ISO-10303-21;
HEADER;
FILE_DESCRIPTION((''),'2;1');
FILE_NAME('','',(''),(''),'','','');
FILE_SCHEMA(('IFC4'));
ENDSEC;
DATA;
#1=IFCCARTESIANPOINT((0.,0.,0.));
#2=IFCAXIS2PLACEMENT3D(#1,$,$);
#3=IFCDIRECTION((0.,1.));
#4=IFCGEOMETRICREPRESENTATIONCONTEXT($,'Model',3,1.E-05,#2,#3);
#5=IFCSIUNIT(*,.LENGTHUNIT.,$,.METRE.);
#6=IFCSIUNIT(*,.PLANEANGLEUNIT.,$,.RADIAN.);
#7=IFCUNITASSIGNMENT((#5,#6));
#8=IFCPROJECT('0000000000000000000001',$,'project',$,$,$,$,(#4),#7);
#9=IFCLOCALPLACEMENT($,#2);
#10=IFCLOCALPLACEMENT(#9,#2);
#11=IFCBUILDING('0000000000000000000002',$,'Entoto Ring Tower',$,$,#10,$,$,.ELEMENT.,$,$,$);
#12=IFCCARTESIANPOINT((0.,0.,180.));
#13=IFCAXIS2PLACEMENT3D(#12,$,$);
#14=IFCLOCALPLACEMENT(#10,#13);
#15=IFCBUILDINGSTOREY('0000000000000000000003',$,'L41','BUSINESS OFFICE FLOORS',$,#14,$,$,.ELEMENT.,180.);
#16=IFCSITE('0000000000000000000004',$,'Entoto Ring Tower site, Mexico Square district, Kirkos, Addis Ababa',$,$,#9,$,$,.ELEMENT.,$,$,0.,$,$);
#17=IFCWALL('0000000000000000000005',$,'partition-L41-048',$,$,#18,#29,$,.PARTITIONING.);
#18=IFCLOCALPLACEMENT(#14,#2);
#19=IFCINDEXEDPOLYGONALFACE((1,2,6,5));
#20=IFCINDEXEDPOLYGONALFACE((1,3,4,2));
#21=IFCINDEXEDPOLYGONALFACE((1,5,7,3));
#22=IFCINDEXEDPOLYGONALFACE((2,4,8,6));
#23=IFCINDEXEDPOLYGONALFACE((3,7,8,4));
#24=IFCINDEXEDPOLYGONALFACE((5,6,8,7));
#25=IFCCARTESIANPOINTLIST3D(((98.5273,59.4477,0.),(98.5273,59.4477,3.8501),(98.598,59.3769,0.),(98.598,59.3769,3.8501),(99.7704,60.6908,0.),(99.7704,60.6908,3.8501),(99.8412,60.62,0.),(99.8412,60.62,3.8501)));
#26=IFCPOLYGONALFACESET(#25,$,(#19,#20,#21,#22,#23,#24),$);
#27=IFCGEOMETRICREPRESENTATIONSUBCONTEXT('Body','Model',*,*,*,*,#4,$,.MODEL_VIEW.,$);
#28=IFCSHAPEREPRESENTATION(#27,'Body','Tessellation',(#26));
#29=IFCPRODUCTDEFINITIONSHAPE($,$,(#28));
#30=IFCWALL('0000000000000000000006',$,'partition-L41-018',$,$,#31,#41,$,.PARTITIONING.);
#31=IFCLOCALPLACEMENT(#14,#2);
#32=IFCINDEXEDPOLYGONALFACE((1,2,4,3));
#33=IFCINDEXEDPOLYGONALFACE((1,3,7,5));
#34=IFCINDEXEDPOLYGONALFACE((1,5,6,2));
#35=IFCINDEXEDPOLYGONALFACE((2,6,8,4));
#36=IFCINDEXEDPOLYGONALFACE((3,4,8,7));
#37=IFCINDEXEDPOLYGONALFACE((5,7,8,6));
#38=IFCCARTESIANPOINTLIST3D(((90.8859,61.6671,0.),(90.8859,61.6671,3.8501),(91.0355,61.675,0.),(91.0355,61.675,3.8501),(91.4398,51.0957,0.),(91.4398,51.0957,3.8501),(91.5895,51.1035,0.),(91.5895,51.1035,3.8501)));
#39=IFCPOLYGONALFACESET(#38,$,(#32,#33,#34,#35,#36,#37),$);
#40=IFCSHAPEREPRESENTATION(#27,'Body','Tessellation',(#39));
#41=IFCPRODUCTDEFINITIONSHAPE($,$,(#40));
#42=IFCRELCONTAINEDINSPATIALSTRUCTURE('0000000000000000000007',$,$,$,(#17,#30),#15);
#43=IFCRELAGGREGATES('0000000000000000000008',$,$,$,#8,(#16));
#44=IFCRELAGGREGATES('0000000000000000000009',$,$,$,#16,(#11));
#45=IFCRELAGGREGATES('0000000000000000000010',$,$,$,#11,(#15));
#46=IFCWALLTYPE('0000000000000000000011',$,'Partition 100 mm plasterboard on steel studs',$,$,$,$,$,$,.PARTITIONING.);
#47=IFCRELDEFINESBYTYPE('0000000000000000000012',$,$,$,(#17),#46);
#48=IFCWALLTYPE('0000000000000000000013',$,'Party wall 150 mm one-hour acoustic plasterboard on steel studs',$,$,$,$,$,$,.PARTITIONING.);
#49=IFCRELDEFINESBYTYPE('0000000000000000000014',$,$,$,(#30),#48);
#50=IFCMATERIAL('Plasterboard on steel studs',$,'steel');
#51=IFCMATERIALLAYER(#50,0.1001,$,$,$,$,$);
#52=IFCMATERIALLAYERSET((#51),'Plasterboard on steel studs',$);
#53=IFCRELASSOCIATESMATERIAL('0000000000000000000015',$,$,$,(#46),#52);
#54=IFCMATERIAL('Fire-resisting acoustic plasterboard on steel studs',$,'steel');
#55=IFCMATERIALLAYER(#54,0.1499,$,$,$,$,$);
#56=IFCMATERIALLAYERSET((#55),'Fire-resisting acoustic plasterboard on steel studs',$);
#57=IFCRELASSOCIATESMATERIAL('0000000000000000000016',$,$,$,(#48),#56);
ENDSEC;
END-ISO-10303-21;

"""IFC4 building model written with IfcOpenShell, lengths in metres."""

from ifc_helpers import new_model, si_unit, direction, frame, frame_2d, origin, place, context, subcontext, project, spatial, rectangle, extrude, material, layer, layer_set, type_object, element, save


model = new_model("IFC4")

# Units and contexts
model_context = context("Model", 3, precision=1e-05, world=origin(), true_north=direction((0.0, 1.0)))
body_context = subcontext(model_context, "Body", "Model", "MODEL_VIEW")
ifc_project = project(units=[si_unit("LENGTHUNIT", "METRE"), si_unit("PLANEANGLEUNIT", "RADIAN")], contexts=[model_context])

# Site, building, storey
site_placement = place(None, origin())
site = spatial("IfcSite", under=ifc_project, at=site_placement, Name="Entoto Ring Tower site, Mexico Square district, Kirkos, Addis Ababa", CompositionType="ELEMENT", RefElevation=0.0)
building_placement = place(site_placement, origin())
building = spatial("IfcBuilding", under=site, at=building_placement, Name="Entoto Ring Tower", CompositionType="ELEMENT")
storey_placement = place(building_placement, frame((0.0, 0.0, 180.0)))
storey = spatial("IfcBuildingStorey", under=building, at=storey_placement, Name="L41", Description="BUSINESS OFFICE FLOORS", CompositionType="ELEMENT", Elevation=180.0)

# Shared definitions
ifc_material_1 = material(Name="Plasterboard on steel studs", Category="steel")
ifc_layer_1 = layer(ifc_material_1, 0.1001)
ifc_layer_set_1 = layer_set([ifc_layer_1], Name="Plasterboard on steel studs")
wall_type_1 = type_object("IfcWallType", Name="Partition 100 mm plasterboard on steel studs", PredefinedType="PARTITIONING", material=ifc_layer_set_1)

# Walls
wall_1_placement = place(storey_placement, frame((98.5627, 59.4124, 0.0), z_axis=(0.0, 0.0, 1.0), x_axis=(0.707107, 0.707107, 0.0)))
element("IfcWall", 1, at=wall_1_placement, inside=storey, type_object=wall_type_1, Name="partition-L41-048", PredefinedType="PARTITIONING", context=body_context, shape_type="SweptSolid", body=[
    extrude(rectangle(XDim=1.7581, YDim=0.1001, at=frame_2d((0.8789, 0.0))), origin(), (0.0, 0.0, 1.0), 3.8501),
])
ifc_material_2 = material(Name="Fire-resisting acoustic plasterboard on steel studs", Category="steel")
ifc_layer_2 = layer(ifc_material_2, 0.1499)
ifc_layer_set_2 = layer_set([ifc_layer_2], Name="Fire-resisting acoustic plasterboard on steel studs")
wall_type_2 = type_object("IfcWallType", Name="Party wall 150 mm one-hour acoustic plasterboard on steel studs", PredefinedType="PARTITIONING", material=ifc_layer_set_2)
wall_2_placement = place(storey_placement, frame((91.5146, 51.0996, 0.0), z_axis=(0.0, 0.0, 1.0), x_axis=(-0.052329, 0.99863, 0.0)))
element("IfcWall", 2, at=wall_2_placement, inside=storey, type_object=wall_type_2, Name="partition-L41-018", PredefinedType="PARTITIONING", context=body_context, shape_type="SweptSolid", body=[
    extrude(rectangle(XDim=10.5859, YDim=0.1499, at=frame_2d((5.293, 0.0))), origin(), (0.0, 0.0, 1.0), 3.8501),
])

save(model, "model.ifc")
